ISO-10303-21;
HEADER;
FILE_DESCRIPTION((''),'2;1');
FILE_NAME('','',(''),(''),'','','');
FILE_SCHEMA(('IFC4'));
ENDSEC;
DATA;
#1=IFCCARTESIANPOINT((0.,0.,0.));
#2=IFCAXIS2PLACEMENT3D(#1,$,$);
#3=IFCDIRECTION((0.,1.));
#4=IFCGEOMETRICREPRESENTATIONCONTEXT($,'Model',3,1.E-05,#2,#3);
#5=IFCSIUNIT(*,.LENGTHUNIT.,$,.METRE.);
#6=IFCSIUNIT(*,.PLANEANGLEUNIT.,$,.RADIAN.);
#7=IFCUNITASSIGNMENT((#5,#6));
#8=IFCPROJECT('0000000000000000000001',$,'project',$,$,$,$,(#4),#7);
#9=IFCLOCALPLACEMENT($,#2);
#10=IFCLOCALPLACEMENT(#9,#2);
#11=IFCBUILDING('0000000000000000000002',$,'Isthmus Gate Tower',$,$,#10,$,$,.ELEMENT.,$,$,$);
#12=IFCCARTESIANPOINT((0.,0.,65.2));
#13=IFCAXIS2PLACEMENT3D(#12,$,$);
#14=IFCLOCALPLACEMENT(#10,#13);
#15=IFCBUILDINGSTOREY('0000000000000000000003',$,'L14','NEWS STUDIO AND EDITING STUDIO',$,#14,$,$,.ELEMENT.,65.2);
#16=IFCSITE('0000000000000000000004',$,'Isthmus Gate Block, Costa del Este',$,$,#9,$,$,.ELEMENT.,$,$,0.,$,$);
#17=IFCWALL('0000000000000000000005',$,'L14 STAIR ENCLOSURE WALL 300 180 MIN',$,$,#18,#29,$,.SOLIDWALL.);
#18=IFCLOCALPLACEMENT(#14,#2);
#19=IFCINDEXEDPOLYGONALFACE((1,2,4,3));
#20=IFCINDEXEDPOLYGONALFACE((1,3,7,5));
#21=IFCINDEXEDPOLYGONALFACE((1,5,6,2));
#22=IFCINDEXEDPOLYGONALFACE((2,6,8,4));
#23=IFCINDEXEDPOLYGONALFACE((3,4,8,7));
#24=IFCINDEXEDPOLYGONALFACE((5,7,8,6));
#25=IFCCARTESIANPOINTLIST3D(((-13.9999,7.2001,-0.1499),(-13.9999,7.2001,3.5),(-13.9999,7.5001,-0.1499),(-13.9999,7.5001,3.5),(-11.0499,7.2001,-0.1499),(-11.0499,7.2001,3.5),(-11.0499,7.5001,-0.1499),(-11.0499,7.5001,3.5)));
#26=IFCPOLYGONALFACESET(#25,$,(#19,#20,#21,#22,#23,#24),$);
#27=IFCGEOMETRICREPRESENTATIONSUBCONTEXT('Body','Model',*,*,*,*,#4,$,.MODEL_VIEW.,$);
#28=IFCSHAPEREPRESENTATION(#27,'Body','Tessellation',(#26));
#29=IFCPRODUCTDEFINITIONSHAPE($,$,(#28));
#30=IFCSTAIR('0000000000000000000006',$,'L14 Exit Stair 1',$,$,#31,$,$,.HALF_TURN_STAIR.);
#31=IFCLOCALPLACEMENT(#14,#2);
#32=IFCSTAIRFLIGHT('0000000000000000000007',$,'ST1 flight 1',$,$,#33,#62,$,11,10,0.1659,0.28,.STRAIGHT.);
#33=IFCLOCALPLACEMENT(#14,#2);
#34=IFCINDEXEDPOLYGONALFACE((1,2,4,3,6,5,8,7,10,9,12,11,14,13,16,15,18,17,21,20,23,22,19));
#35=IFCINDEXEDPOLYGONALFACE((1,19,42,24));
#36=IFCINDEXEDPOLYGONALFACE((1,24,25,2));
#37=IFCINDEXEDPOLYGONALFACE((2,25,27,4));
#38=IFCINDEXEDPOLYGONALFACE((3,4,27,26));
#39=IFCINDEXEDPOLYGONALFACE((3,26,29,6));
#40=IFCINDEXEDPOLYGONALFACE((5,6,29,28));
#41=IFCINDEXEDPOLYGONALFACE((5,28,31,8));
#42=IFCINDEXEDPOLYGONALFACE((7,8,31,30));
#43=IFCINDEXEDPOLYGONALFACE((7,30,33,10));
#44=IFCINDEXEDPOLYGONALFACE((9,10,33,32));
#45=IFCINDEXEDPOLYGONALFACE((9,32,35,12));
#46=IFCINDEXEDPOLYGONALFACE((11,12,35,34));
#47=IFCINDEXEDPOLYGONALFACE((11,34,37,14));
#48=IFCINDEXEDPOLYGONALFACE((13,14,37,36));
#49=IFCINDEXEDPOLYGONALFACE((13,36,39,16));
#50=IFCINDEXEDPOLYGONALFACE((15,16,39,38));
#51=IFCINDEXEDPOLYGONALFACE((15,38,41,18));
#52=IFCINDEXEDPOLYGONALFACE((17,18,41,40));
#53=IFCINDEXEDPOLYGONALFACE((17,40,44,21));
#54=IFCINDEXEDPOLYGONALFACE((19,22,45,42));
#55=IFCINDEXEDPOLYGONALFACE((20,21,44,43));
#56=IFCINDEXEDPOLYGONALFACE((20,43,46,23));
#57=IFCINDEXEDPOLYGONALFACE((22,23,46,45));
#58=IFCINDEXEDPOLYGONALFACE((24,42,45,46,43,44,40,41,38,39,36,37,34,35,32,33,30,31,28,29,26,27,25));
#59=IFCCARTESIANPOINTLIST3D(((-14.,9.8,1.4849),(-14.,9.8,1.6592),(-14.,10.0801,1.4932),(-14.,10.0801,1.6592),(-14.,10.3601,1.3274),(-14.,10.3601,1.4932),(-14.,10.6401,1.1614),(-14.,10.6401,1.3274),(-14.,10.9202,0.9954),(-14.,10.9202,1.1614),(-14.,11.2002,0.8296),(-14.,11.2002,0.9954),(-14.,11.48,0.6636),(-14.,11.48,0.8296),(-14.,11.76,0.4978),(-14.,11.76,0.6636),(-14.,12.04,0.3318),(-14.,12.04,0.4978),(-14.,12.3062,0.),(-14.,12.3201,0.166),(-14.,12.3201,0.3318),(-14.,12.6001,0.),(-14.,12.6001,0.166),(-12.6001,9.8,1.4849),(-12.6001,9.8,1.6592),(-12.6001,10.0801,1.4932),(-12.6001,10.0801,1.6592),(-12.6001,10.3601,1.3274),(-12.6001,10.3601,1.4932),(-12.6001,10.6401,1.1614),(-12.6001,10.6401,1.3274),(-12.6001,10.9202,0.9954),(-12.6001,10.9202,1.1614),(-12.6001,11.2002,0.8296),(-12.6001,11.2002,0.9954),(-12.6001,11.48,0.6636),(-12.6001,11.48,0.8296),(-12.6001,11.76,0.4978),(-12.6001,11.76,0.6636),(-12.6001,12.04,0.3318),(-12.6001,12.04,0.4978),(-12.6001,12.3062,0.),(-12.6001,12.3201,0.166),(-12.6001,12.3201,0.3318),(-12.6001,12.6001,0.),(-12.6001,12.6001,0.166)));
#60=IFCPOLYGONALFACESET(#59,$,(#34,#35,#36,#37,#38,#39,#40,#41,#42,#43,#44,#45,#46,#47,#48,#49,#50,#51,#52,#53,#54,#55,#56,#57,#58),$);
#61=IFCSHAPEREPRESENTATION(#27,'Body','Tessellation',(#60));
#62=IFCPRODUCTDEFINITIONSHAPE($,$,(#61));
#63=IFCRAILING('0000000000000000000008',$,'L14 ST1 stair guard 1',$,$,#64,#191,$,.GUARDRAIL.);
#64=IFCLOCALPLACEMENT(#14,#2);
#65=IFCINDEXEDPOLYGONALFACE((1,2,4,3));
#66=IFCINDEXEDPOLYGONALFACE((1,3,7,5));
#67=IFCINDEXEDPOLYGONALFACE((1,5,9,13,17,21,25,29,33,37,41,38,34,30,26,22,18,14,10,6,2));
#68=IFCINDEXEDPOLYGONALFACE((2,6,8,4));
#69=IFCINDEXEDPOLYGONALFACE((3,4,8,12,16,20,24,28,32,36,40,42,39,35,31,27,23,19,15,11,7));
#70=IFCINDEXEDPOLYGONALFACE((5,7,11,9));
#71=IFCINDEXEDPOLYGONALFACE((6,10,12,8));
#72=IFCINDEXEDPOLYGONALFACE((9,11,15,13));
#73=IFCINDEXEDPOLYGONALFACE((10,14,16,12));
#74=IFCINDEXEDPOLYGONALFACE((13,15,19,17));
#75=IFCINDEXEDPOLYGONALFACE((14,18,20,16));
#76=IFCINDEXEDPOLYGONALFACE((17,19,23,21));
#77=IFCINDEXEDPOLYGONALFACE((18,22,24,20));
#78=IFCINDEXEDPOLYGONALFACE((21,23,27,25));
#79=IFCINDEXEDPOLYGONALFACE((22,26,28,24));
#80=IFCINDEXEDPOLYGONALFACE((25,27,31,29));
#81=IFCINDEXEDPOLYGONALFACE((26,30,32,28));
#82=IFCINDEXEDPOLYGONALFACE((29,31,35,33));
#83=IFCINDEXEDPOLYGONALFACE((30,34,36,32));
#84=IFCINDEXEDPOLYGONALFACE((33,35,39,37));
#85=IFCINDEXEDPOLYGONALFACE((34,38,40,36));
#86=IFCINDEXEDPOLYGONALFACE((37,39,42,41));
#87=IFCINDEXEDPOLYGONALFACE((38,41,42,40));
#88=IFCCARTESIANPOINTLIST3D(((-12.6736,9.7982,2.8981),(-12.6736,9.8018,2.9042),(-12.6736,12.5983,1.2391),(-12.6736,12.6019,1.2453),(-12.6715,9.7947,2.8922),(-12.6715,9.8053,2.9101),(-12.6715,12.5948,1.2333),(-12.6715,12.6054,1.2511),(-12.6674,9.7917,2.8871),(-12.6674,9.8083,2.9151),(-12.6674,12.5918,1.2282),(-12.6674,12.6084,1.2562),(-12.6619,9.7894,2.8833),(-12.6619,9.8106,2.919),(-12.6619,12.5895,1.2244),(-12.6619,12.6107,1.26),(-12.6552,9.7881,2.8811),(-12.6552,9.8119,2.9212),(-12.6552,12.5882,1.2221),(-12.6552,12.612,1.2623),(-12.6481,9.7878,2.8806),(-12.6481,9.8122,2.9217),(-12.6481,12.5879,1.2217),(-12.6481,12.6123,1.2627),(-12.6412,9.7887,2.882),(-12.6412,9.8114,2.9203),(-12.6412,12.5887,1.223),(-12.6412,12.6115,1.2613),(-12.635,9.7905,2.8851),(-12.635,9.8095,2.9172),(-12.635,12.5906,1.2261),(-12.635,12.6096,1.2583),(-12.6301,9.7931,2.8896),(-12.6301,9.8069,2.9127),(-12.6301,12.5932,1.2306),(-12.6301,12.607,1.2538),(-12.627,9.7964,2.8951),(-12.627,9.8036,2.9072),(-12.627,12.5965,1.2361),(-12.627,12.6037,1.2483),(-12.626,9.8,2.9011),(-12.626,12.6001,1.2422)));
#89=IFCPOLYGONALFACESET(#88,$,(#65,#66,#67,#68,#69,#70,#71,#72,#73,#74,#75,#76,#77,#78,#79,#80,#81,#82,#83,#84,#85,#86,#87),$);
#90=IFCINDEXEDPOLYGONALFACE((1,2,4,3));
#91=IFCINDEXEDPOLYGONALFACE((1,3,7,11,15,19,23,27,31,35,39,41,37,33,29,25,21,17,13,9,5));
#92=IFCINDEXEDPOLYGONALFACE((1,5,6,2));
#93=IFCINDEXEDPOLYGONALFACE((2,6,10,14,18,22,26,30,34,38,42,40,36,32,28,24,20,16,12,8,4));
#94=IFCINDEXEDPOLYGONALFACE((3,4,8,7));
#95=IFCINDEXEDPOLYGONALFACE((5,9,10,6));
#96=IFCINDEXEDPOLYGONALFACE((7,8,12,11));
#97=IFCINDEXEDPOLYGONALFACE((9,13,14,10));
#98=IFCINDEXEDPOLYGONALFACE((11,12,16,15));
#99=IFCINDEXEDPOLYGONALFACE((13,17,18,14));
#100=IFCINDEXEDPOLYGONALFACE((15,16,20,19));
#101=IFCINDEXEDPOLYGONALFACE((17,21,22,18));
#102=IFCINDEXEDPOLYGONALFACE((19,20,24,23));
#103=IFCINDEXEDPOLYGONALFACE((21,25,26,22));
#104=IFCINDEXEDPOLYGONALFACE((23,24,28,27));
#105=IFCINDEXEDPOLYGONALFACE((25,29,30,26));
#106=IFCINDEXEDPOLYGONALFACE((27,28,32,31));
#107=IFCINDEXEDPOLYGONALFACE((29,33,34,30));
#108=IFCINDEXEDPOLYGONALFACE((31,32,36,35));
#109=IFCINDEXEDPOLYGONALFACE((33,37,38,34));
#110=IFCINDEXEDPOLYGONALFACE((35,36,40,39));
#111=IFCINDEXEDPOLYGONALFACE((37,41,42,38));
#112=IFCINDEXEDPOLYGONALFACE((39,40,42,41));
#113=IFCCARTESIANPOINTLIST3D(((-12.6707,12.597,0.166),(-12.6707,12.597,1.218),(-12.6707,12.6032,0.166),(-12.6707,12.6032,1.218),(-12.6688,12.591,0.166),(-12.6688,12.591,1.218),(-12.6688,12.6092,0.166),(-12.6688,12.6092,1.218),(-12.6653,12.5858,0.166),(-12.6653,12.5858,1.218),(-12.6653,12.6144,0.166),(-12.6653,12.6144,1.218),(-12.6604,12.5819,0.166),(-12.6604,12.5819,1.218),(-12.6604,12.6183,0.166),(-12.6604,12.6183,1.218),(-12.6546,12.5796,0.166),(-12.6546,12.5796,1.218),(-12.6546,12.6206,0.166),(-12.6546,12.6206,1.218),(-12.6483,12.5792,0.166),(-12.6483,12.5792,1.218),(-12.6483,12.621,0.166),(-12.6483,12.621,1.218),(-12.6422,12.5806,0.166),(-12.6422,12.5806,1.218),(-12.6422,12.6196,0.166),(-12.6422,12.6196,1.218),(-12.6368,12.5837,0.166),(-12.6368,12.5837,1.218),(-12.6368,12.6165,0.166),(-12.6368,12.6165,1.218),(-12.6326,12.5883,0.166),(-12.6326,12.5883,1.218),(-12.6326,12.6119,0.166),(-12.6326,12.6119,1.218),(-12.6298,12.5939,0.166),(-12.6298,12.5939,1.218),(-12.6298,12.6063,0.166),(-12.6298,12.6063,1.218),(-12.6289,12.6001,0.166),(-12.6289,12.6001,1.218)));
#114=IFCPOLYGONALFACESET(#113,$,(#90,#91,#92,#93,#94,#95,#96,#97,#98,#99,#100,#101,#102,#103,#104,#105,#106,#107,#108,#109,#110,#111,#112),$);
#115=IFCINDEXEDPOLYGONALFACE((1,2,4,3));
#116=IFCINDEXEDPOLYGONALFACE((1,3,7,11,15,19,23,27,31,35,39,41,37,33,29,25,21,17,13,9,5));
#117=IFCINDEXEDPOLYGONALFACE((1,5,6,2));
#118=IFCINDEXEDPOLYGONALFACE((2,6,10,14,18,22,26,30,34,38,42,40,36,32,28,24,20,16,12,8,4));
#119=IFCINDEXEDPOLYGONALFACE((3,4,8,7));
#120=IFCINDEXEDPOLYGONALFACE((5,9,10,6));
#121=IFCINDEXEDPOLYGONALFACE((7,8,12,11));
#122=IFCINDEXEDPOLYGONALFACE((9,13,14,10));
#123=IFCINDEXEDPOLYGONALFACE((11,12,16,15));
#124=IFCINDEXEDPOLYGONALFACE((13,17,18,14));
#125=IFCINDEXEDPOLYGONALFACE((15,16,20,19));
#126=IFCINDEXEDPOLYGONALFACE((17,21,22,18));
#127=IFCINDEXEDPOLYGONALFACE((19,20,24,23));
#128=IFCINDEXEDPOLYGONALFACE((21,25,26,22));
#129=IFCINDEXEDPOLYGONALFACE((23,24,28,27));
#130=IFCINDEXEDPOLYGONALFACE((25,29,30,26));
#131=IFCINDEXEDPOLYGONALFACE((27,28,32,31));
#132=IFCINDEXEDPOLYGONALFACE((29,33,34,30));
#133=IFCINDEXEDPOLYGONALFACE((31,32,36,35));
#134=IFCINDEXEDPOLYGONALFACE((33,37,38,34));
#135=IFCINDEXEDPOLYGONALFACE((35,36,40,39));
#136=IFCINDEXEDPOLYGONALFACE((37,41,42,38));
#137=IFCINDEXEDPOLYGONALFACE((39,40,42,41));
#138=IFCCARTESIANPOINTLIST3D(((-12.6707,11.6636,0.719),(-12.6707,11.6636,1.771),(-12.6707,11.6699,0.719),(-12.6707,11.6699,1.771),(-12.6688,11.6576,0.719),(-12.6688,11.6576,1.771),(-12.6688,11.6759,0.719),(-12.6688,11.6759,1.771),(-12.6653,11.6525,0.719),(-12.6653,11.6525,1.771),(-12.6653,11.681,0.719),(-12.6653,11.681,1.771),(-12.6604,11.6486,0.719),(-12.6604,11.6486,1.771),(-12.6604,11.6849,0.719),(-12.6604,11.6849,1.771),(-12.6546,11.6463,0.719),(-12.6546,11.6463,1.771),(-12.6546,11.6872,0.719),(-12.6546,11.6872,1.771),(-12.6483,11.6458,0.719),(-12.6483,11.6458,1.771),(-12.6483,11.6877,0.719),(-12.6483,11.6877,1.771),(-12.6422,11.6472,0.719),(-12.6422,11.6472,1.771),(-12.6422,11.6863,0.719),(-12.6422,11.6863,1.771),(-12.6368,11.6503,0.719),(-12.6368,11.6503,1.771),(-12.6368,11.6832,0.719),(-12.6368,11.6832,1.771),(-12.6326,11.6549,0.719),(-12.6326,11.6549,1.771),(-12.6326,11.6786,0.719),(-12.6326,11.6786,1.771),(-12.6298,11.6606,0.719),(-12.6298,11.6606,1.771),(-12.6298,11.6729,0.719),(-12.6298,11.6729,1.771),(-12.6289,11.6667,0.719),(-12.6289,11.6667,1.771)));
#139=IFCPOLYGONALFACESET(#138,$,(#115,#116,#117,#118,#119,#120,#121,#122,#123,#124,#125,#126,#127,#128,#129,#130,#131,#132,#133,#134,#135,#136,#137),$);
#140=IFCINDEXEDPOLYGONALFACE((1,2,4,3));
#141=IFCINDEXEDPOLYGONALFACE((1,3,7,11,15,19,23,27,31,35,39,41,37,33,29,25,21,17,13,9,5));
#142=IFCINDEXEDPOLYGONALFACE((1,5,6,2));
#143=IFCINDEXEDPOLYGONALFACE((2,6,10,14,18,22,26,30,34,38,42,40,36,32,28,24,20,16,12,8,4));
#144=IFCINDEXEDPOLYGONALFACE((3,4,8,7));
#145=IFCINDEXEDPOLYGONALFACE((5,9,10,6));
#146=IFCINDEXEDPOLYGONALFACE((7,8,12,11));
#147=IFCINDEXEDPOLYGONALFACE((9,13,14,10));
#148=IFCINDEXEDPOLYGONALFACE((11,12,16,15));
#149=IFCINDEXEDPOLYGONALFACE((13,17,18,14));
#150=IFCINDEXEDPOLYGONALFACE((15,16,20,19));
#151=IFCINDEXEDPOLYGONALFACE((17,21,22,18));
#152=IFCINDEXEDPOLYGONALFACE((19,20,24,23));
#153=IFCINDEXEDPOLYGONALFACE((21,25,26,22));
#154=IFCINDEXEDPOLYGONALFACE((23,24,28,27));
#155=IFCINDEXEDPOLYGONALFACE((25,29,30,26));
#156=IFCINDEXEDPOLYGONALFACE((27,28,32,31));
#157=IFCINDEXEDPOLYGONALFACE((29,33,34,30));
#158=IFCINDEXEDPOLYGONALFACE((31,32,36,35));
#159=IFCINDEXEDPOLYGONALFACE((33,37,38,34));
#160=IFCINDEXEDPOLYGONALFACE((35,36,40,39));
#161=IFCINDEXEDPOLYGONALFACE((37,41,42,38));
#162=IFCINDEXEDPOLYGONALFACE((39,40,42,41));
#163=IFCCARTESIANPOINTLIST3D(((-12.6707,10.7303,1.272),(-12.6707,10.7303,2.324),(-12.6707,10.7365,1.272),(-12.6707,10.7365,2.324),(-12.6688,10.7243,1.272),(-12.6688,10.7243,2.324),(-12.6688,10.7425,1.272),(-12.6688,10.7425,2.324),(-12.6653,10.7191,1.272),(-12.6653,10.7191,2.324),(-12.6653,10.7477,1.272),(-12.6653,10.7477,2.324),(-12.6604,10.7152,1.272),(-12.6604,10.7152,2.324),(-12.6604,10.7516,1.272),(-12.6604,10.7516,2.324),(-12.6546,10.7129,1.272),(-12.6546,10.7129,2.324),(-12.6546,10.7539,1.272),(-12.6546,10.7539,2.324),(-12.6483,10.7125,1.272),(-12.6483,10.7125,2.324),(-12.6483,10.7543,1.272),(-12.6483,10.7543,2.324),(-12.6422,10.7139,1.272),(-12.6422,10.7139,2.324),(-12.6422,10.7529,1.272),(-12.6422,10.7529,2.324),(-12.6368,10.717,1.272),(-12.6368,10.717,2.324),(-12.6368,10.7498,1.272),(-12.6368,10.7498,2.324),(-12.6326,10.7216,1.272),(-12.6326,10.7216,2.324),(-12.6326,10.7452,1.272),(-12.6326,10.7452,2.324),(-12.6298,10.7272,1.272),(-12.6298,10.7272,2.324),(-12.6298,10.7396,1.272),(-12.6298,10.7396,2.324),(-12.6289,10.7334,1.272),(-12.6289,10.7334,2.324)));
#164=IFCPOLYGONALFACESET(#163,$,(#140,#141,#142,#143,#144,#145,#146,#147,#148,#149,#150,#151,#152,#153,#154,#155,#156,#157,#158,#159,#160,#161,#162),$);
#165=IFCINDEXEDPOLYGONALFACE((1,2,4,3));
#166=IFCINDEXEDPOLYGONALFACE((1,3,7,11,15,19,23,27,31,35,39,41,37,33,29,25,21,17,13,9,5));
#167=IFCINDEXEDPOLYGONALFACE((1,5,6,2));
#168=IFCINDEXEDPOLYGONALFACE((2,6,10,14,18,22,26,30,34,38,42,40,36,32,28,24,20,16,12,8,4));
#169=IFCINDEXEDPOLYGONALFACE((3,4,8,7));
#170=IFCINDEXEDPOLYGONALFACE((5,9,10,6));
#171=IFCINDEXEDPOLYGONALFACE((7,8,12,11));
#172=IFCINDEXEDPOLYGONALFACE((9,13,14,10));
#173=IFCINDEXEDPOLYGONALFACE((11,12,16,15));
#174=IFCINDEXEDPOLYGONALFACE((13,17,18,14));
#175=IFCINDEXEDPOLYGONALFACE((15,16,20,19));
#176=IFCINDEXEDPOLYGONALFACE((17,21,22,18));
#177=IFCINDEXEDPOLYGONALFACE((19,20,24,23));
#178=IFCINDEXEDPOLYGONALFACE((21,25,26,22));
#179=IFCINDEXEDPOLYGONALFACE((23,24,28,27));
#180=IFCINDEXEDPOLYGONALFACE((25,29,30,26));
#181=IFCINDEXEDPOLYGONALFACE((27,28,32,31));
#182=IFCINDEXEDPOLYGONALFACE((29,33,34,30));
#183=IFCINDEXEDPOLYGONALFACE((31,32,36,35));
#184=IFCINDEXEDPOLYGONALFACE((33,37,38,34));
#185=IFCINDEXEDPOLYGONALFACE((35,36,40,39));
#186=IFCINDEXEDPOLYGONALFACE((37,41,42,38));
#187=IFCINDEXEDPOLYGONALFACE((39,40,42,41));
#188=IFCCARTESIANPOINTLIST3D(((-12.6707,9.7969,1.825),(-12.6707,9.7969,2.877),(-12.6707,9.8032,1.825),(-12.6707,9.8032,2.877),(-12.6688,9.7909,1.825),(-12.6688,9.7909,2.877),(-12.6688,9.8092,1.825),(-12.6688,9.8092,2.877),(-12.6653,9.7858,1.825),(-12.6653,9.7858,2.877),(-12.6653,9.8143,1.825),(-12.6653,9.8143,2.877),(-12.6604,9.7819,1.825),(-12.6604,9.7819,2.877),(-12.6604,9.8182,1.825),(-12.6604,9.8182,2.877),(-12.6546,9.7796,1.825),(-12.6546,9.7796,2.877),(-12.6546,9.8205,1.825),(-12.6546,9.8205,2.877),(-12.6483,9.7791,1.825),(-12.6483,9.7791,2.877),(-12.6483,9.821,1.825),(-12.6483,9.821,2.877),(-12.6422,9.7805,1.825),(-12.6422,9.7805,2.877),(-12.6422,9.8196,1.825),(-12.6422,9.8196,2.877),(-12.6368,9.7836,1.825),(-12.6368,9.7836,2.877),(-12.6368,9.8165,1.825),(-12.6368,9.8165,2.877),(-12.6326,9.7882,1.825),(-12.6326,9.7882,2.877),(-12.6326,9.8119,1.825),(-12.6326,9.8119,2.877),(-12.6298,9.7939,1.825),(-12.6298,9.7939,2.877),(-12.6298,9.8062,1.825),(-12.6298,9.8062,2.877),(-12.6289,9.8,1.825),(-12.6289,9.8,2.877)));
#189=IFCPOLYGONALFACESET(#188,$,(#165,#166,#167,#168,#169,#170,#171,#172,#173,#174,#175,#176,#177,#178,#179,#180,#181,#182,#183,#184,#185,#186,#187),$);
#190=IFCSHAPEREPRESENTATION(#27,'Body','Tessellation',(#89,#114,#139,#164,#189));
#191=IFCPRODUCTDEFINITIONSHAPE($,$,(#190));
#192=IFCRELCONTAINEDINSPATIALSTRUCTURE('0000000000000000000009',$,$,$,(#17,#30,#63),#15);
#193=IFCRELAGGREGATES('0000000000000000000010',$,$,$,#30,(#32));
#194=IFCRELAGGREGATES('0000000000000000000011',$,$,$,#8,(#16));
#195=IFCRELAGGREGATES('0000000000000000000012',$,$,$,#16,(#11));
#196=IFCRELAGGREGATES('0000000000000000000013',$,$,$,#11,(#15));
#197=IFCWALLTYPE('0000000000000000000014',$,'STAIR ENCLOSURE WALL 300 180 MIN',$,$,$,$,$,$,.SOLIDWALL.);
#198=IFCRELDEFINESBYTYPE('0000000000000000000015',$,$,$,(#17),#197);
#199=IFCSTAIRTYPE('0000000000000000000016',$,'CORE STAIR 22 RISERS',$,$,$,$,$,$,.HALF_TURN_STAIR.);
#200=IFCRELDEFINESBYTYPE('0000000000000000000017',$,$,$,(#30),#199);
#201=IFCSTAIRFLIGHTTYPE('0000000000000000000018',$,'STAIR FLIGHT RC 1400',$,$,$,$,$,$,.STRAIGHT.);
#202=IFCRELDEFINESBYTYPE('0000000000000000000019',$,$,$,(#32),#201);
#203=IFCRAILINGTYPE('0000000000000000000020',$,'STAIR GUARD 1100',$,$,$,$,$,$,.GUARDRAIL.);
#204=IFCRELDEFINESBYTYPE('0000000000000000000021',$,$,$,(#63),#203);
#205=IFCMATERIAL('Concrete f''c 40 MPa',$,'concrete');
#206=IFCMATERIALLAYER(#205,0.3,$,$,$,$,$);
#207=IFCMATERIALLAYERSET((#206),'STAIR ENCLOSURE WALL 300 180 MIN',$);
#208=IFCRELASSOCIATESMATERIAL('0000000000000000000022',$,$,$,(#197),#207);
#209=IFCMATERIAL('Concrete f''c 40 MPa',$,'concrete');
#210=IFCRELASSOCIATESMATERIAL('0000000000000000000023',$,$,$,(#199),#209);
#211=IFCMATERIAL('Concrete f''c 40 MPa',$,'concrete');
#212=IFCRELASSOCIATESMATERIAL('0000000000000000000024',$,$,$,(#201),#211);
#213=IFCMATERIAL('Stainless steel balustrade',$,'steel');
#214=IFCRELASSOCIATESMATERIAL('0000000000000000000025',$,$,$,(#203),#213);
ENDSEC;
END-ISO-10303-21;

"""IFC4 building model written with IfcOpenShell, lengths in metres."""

from ifc_helpers import new_model, si_unit, direction, frame, frame_2d, origin, origin_2d, place, context, subcontext, project, spatial, polyline, rectangle, circle, outline, extrude, material, layer, layer_set, type_object, element, aggregate, save


model = new_model("IFC4")

# Units and contexts
model_context = context("Model", 3, precision=1e-05, world=origin(), true_north=direction((0.0, 1.0)))
body_context = subcontext(model_context, "Body", "Model", "MODEL_VIEW")
ifc_project = project(units=[si_unit("LENGTHUNIT", "METRE"), si_unit("PLANEANGLEUNIT", "RADIAN")], contexts=[model_context])

# Site, building, storey
site_placement = place(None, origin())
site = spatial("IfcSite", under=ifc_project, at=site_placement, Name="Isthmus Gate Block, Costa del Este", CompositionType="ELEMENT", RefElevation=0.0)
building_placement = place(site_placement, origin())
building = spatial("IfcBuilding", under=site, at=building_placement, Name="Isthmus Gate Tower", CompositionType="ELEMENT")
storey_placement = place(building_placement, frame((0.0, 0.0, 65.2)))
storey = spatial("IfcBuildingStorey", under=building, at=storey_placement, Name="L14", Description="NEWS STUDIO AND EDITING STUDIO", CompositionType="ELEMENT", Elevation=65.2)

# Wall
ifc_material_1 = material(Name="Concrete f'c 40 MPa", Category="concrete")
ifc_layer_1 = layer(ifc_material_1, 0.3)
ifc_layer_set_1 = layer_set([ifc_layer_1], Name="STAIR ENCLOSURE WALL 300 180 MIN")
wall_type_1 = type_object("IfcWallType", Name="STAIR ENCLOSURE WALL 300 180 MIN", PredefinedType="SOLIDWALL", material=ifc_layer_set_1)
wall_1_placement = place(storey_placement, frame((-14.0, 7.3501, -0.1499), z_axis=(0.0, 0.0, 1.0), x_axis=(1.0, 0.0, 0.0)))
element("IfcWall", 1, at=wall_1_placement, inside=storey, type_object=wall_type_1, Name="L14 STAIR ENCLOSURE WALL 300 180 MIN", PredefinedType="SOLIDWALL", context=body_context, shape_type="SweptSolid", body=[
    extrude(rectangle(XDim=2.95, YDim=0.3, at=frame_2d((1.4751, 0.0))), origin(), (0.0, 0.0, 1.0), 3.6499),
])

# Stair, stair flight
ifc_material_2 = material(Name="Concrete f'c 40 MPa", Category="concrete")
stair_type = type_object("IfcStairType", Name="CORE STAIR 22 RISERS", PredefinedType="HALF_TURN_STAIR", material=ifc_material_2)
stair_placement = place(storey_placement, origin())
stair = element("IfcStair", 2, at=stair_placement, inside=storey, type_object=stair_type, Name="L14 Exit Stair 1", PredefinedType="HALF_TURN_STAIR")
ifc_material_3 = material(Name="Concrete f'c 40 MPa", Category="concrete")
stair_flight_type = type_object("IfcStairFlightType", Name="STAIR FLIGHT RC 1400", PredefinedType="STRAIGHT", material=ifc_material_3)
stair_flight_placement = place(storey_placement, frame((-13.3, 12.6001, 0.0), z_axis=(0.0, 0.0, 1.0), x_axis=(0.0, -1.0, 0.0)))
stair_flight = element("IfcStairFlight", 3, at=stair_flight_placement, type_object=stair_flight_type, Name="ST1 flight 1", NumberOfRisers=11, NumberOfTreads=10, PredefinedType="STRAIGHT", RiserHeight=0.1659, TreadLength=0.28, context=body_context, shape_type="SweptSolid", body=[
    extrude(outline(polyline([(0.0, 0.0), (0.0, 0.166), (0.28, 0.166), (0.28, 0.3318), (0.5601, 0.3318), (0.5601, 0.4978), (0.8401, 0.4978), (0.8401, 0.6636), (1.1201, 0.6636), (1.1201, 0.8296), (1.3999, 0.8296), (1.3999, 0.9954), (1.6799, 0.9954), (1.6799, 1.1614), (1.96, 1.1614), (1.96, 1.3274), (2.24, 1.3274), (2.24, 1.4932), (2.52, 1.4932), (2.52, 1.6592), (2.8, 1.6592), (2.8, 1.825), (2.8, 1.4849), (0.2939, 0.0), (0.0, 0.0)])), frame((0.0, 0.7, 0.0), z_axis=(0.0, -1.0, 0.0), x_axis=(1.0, 0.0, 0.0)), (0.0, 0.0, 1.0), 1.3999),
])
aggregate(stair, [stair_flight])

# Railing
ifc_material_4 = material(Name="Stainless steel balustrade", Category="steel")
railing_type_1 = type_object("IfcRailingType", Name="STAIR GUARD 1100", PredefinedType="GUARDRAIL", material=ifc_material_4)
railing_1_placement = place(storey_placement, frame((-12.6499, 12.6001, 0.166)))
element("IfcRailing", 4, at=railing_1_placement, inside=storey, type_object=railing_type_1, Name="L14 ST1 stair guard 1", PredefinedType="GUARDRAIL", context=body_context, shape_type="SweptSolid", body=[
    extrude(circle(Radius=0.0239, at=origin_2d()), frame((0.0, 0.0, 1.0762), z_axis=(0.0, -0.860339, 0.509722), x_axis=(1.0, 0.0, 0.0)), (0.0, 0.0, 1.0), 3.2546),
    extrude(circle(Radius=0.021, at=origin_2d()), origin(), (0.0, 0.0, 1.0), 1.052),
    extrude(circle(Radius=0.021, at=origin_2d()), frame((0.0, -0.9333, 0.553)), (0.0, 0.0, 1.0), 1.052),
    extrude(circle(Radius=0.021, at=origin_2d()), frame((0.0, -1.8667, 1.106)), (0.0, 0.0, 1.0), 1.052),
    extrude(circle(Radius=0.021, at=origin_2d()), frame((0.0, -2.8, 1.6589)), (0.0, 0.0, 1.0), 1.052),
])

save(model, "model.ifc")
